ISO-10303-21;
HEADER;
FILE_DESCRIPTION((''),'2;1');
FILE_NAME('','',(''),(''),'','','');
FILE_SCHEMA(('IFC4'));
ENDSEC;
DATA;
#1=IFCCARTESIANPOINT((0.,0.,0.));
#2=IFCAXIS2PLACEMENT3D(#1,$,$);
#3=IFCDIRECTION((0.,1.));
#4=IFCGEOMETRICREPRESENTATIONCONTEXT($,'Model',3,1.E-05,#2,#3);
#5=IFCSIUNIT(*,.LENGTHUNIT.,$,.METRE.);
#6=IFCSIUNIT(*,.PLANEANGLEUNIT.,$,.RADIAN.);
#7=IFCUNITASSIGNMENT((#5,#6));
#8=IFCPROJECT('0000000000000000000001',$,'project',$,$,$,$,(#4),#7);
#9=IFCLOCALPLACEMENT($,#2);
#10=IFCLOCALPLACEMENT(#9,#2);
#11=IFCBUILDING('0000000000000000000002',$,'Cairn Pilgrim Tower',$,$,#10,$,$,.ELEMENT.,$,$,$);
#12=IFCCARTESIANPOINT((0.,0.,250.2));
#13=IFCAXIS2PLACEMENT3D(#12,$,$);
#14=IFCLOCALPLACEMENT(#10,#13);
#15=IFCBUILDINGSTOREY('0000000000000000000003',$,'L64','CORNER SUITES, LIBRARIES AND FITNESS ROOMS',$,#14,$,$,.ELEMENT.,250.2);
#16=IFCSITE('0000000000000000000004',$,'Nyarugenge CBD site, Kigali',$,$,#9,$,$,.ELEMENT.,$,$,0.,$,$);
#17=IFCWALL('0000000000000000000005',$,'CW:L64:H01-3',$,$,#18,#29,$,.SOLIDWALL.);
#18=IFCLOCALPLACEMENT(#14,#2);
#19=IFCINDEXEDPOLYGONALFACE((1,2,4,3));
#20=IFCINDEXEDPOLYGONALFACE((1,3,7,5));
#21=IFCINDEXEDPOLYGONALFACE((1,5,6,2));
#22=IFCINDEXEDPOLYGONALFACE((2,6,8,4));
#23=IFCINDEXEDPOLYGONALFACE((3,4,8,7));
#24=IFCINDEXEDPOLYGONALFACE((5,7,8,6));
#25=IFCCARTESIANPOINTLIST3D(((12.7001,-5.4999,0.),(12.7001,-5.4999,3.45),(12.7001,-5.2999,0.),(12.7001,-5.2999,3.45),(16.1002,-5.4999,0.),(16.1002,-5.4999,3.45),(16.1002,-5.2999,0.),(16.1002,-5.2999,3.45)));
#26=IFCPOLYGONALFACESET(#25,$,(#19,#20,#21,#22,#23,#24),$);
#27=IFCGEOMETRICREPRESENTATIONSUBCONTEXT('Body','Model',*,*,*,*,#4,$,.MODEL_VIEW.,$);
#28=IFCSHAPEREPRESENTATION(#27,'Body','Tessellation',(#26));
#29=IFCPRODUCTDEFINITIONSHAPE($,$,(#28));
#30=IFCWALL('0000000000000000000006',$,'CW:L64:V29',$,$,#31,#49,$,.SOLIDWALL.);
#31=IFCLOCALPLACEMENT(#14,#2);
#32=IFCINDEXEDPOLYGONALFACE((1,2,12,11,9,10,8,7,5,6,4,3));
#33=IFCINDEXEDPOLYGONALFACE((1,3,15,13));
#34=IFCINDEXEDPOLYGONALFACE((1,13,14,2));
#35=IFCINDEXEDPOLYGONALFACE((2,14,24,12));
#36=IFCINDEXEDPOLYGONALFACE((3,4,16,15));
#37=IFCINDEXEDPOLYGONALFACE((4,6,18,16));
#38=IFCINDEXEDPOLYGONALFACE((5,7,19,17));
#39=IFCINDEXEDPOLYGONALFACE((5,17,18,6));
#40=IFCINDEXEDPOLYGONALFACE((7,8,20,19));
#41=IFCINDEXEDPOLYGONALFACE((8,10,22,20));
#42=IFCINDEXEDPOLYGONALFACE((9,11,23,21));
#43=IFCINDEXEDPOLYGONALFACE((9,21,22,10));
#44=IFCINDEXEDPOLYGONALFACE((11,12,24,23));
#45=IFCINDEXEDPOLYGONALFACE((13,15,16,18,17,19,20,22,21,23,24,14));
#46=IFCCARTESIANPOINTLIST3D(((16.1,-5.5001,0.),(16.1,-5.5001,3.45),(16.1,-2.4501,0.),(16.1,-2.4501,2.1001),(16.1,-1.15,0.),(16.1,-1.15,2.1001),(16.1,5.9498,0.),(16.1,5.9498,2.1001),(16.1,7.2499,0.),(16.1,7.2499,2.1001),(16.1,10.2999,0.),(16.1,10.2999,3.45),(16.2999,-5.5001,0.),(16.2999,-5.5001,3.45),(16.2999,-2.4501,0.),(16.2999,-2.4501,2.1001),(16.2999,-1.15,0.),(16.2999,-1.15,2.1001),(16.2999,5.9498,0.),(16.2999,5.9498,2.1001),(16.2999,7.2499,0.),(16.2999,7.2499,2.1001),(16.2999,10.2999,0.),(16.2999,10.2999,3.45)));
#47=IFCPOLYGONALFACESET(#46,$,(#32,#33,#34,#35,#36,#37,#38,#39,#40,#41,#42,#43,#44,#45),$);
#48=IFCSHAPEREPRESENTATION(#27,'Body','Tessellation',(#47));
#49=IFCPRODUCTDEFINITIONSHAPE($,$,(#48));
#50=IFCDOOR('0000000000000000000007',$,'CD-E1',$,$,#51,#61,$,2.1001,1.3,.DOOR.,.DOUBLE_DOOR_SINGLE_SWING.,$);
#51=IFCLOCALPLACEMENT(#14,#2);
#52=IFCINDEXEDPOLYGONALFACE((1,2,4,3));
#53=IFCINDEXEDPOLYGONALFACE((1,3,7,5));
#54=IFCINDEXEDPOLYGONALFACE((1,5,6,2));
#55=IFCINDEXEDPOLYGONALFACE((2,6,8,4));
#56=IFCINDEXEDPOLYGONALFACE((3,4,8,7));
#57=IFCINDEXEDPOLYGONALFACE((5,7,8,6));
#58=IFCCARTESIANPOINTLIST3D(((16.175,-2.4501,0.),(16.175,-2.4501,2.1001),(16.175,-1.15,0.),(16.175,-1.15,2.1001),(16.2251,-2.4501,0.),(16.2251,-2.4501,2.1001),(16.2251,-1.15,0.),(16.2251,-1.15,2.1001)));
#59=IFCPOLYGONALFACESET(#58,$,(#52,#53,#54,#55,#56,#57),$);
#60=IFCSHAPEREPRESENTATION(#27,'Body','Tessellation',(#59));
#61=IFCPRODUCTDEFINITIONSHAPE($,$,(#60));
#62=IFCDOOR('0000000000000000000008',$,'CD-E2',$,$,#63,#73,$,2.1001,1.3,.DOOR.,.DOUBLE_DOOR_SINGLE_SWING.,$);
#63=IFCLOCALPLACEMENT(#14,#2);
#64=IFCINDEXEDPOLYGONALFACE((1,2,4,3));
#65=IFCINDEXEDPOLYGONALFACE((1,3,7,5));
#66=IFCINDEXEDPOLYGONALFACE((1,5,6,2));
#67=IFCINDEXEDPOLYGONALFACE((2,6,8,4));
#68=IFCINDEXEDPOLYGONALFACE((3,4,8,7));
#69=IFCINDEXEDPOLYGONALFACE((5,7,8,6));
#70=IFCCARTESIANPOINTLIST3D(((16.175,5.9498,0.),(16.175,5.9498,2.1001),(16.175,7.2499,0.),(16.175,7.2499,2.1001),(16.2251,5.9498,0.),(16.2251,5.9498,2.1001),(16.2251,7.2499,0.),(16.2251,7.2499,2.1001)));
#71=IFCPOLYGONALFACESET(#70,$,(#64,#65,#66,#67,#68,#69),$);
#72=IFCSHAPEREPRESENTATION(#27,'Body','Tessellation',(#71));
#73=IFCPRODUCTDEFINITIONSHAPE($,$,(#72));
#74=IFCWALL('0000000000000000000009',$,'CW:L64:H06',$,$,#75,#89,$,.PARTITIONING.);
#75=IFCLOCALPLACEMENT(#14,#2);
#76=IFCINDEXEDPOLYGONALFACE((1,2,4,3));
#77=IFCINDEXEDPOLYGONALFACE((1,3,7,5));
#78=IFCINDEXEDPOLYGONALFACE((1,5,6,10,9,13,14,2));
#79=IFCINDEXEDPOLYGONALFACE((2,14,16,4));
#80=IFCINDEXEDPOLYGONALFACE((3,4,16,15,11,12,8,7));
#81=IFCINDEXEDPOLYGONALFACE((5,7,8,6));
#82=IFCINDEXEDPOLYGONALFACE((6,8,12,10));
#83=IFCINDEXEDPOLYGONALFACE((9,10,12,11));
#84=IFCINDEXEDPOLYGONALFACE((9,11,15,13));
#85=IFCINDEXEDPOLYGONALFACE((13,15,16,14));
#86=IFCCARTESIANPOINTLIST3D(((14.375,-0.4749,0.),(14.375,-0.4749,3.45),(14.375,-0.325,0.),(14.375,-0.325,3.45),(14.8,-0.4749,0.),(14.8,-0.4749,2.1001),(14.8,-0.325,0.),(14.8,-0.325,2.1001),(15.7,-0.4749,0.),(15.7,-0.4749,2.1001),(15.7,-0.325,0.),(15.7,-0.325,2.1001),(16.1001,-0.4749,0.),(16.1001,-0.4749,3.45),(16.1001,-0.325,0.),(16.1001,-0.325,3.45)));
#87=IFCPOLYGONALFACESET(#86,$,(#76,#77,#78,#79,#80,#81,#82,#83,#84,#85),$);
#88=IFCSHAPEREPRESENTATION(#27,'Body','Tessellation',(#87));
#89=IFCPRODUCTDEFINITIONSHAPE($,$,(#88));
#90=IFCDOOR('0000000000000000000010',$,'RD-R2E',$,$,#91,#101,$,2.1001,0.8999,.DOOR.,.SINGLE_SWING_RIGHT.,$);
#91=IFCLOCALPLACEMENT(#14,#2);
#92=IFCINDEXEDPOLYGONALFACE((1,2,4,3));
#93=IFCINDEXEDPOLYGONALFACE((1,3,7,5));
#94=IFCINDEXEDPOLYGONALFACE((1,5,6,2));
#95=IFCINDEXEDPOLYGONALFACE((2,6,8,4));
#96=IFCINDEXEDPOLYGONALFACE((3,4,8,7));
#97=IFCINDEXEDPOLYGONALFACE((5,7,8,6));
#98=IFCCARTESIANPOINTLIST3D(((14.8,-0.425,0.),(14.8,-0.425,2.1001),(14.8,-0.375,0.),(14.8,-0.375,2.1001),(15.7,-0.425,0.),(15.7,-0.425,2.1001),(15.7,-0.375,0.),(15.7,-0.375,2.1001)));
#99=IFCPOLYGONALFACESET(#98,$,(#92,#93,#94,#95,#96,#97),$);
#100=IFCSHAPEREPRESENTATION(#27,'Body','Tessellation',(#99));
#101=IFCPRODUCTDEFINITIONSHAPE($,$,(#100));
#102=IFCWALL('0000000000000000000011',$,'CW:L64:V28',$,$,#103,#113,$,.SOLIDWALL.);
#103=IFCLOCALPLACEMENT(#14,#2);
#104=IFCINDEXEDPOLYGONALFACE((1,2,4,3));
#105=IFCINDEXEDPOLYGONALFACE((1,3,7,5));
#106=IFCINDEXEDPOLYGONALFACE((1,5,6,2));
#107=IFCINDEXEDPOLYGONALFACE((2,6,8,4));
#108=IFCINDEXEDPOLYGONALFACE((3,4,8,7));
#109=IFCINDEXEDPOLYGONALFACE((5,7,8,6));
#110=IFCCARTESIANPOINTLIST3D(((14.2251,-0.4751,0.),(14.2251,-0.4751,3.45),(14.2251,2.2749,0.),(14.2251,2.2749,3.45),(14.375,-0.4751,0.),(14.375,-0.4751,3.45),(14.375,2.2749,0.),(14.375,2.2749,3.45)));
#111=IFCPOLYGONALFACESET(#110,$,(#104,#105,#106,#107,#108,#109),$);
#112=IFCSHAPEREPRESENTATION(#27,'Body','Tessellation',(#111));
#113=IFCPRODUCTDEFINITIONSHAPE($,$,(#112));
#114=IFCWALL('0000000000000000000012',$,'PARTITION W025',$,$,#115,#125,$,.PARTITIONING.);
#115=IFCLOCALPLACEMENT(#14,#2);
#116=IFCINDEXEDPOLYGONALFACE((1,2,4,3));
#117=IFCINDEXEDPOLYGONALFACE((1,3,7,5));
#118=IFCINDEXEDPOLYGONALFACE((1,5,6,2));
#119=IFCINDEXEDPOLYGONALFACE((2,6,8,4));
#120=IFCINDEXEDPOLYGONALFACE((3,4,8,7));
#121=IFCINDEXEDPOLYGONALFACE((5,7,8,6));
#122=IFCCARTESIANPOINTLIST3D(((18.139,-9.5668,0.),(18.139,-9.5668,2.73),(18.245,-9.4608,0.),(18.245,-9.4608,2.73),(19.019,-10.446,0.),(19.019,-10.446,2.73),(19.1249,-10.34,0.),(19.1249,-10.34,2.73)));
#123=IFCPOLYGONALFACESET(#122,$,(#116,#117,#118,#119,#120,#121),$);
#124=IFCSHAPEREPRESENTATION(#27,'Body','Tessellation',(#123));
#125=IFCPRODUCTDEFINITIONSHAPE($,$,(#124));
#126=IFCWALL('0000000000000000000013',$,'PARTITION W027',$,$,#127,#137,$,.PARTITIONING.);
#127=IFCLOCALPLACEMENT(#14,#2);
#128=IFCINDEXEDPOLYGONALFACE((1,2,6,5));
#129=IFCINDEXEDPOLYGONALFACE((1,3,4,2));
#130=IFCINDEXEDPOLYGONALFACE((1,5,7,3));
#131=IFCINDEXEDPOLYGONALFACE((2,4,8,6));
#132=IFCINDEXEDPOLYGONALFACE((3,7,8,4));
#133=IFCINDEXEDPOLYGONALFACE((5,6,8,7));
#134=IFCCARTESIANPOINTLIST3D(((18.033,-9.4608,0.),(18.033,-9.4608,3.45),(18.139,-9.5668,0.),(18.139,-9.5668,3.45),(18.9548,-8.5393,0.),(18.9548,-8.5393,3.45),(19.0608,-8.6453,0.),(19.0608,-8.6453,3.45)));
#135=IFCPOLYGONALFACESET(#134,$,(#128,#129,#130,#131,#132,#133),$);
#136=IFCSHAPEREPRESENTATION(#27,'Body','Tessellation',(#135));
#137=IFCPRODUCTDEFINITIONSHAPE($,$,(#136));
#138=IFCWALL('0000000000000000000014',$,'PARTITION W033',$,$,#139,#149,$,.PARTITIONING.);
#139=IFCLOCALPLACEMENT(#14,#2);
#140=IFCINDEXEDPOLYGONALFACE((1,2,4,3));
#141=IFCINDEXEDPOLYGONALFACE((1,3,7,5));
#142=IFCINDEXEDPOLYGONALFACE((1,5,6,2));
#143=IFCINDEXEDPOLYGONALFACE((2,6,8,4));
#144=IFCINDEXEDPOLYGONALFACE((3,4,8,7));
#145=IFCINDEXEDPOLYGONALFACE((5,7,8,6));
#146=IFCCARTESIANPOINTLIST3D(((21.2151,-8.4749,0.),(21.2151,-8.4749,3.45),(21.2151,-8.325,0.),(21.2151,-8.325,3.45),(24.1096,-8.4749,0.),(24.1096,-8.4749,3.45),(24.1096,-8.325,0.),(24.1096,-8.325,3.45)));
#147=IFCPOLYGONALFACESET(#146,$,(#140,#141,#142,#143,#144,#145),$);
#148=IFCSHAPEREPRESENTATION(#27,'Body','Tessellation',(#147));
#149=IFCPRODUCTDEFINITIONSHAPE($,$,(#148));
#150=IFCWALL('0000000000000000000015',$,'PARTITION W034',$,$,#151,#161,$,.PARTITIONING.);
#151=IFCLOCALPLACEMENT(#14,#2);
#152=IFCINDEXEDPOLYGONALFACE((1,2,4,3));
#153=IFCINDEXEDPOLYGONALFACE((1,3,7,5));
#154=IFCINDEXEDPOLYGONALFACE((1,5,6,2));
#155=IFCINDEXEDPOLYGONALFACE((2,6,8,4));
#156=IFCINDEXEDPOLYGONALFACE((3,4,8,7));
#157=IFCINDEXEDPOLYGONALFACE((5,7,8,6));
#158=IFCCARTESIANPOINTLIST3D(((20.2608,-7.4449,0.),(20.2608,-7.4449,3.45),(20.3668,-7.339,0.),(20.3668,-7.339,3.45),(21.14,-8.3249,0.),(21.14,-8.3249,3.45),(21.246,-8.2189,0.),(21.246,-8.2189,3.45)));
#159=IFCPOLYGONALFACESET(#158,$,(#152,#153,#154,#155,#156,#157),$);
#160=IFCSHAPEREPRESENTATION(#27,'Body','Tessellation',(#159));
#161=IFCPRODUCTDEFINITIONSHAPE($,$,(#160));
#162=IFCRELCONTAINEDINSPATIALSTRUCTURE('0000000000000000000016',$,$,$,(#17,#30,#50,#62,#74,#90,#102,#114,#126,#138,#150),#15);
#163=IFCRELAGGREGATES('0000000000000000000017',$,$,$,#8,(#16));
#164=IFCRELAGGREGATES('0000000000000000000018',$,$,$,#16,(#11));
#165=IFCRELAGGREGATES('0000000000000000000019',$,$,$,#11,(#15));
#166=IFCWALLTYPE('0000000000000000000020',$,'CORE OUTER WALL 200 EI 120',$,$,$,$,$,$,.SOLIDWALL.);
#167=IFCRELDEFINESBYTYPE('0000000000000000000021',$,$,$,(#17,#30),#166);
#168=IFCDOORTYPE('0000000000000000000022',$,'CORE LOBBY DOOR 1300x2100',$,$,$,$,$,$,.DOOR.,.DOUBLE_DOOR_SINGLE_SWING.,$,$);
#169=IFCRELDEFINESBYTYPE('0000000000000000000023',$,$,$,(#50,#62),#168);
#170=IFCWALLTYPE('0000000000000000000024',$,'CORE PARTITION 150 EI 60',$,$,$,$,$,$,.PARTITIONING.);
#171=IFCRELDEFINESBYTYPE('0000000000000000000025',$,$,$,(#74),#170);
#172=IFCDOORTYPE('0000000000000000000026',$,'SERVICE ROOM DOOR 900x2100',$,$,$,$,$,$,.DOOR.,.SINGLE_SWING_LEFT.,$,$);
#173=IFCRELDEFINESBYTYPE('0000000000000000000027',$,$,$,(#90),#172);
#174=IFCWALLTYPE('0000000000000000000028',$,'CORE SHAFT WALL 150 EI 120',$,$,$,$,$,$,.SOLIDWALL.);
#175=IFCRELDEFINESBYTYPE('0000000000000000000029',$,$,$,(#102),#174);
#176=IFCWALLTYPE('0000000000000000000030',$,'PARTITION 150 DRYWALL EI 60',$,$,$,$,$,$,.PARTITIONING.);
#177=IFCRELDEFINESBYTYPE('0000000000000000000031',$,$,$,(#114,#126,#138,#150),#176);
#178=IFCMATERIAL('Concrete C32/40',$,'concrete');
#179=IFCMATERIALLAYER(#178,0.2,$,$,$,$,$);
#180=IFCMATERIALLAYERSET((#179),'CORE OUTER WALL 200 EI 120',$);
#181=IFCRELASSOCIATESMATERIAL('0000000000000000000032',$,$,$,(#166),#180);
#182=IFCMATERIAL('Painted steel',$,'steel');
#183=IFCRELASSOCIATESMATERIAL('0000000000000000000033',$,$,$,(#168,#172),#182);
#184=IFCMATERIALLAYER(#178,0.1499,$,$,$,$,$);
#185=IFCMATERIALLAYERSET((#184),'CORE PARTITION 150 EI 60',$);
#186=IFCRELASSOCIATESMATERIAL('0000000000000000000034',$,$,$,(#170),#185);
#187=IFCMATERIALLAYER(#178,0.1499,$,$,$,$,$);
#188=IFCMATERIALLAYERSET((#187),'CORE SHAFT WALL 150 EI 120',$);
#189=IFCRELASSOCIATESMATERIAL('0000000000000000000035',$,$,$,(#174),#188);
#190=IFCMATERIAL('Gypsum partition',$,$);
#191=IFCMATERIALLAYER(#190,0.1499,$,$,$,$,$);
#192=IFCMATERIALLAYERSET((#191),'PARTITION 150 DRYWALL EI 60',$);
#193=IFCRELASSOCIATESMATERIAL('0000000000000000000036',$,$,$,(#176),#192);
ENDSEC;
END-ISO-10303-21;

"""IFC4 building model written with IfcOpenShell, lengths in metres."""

from ifc_helpers import new_model, si_unit, direction, frame, frame_2d, origin, place, context, subcontext, project, spatial, rectangle, extrude, material, layer, layer_set, type_object, element, fill, save


model = new_model("IFC4")

# Units and contexts
model_context = context("Model", 3, precision=1e-05, world=origin(), true_north=direction((0.0, 1.0)))
body_context = subcontext(model_context, "Body", "Model", "MODEL_VIEW")
ifc_project = project(units=[si_unit("LENGTHUNIT", "METRE"), si_unit("PLANEANGLEUNIT", "RADIAN")], contexts=[model_context])

# Site, building, storey
site_placement = place(None, origin())
site = spatial("IfcSite", under=ifc_project, at=site_placement, Name="Nyarugenge CBD site, Kigali", CompositionType="ELEMENT", RefElevation=0.0)
building_placement = place(site_placement, origin())
building = spatial("IfcBuilding", under=site, at=building_placement, Name="Cairn Pilgrim Tower", CompositionType="ELEMENT")
storey_placement = place(building_placement, frame((0.0, 0.0, 250.2)))
storey = spatial("IfcBuildingStorey", under=building, at=storey_placement, Name="L64", Description="CORNER SUITES, LIBRARIES AND FITNESS ROOMS", CompositionType="ELEMENT", Elevation=250.2)

# Wall
ifc_material_1 = material(Name="Concrete C32/40", Category="concrete")
ifc_layer_1 = layer(ifc_material_1, 0.2)
ifc_layer_set_1 = layer_set([ifc_layer_1], Name="CORE OUTER WALL 200 EI 120")
wall_type_1 = type_object("IfcWallType", Name="CORE OUTER WALL 200 EI 120", PredefinedType="SOLIDWALL", material=ifc_layer_set_1)
wall_1_placement = place(storey_placement, frame((12.7, -5.3999, 0.0), z_axis=(0.0, 0.0, 1.0), x_axis=(1.0, 0.0, 0.0)))
element("IfcWall", 1, at=wall_1_placement, inside=storey, type_object=wall_type_1, Name="CW:L64:H01-3", PredefinedType="SOLIDWALL", context=body_context, shape_type="SweptSolid", body=[
    extrude(rectangle(XDim=3.4001, YDim=0.2, at=frame_2d((1.7002, 0.0))), origin(), (0.0, 0.0, 1.0), 3.45),
])

# Wall, openings, doors
wall_2_placement = place(storey_placement, frame((16.2, -5.5, 0.0), z_axis=(0.0, 0.0, 1.0), x_axis=(0.0, 1.0, 0.0)))
wall_2 = element("IfcWall", 2, at=wall_2_placement, inside=storey, type_object=wall_type_1, Name="CW:L64:V29", PredefinedType="SOLIDWALL", context=body_context, shape_type="SweptSolid", body=[
    extrude(rectangle(XDim=15.8, YDim=0.2, at=frame_2d((7.8999, 0.0))), origin(), (0.0, 0.0, 1.0), 3.45),
])
opening_1_placement = place(wall_2_placement, frame((3.05, 0.0, 0.0)))
opening_1 = element("IfcOpeningElement", 3, at=opening_1_placement, cuts=wall_2, PredefinedType="OPENING", context=body_context, shape_type="SweptSolid", body=[
    extrude(rectangle(XDim=1.3, YDim=2.1001, at=frame_2d((0.6499, 1.05))), frame((0.0, 0.1099, 0.0), z_axis=(0.0, -1.0, 0.0), x_axis=(1.0, 0.0, 0.0)), (0.0, 0.0, 1.0), 0.22),
])
opening_2_placement = place(wall_2_placement, frame((11.45, 0.0, 0.0)))
opening_2 = element("IfcOpeningElement", 4, at=opening_2_placement, cuts=wall_2, PredefinedType="OPENING", context=body_context, shape_type="SweptSolid", body=[
    extrude(rectangle(XDim=1.3, YDim=2.1001, at=frame_2d((0.6499, 1.05))), frame((0.0, 0.1099, 0.0), z_axis=(0.0, -1.0, 0.0), x_axis=(1.0, 0.0, 0.0)), (0.0, 0.0, 1.0), 0.22),
])
ifc_material_2 = material(Name="Painted steel", Category="steel")
door_type_1 = type_object("IfcDoorType", Name="CORE LOBBY DOOR 1300x2100", OperationType="DOUBLE_DOOR_SINGLE_SWING", PredefinedType="DOOR", material=ifc_material_2)
door_1_placement = place(opening_1_placement, origin())
door_1 = element("IfcDoor", 5, at=door_1_placement, inside=storey, type_object=door_type_1, Name="CD-E1", OperationType="DOUBLE_DOOR_SINGLE_SWING", OverallHeight=2.1001, OverallWidth=1.3, PredefinedType="DOOR", context=body_context, shape_type="SweptSolid", body=[
    extrude(rectangle(XDim=1.3, YDim=2.1001, at=frame_2d((0.6499, 1.05))), frame((0.0, 0.0249, 0.0), z_axis=(0.0, -1.0, 0.0), x_axis=(1.0, 0.0, 0.0)), (0.0, 0.0, 1.0), 0.05),
])
fill(opening_1, door_1)
door_2_placement = place(opening_2_placement, origin())
door_2 = element("IfcDoor", 6, at=door_2_placement, inside=storey, type_object=door_type_1, Name="CD-E2", OperationType="DOUBLE_DOOR_SINGLE_SWING", OverallHeight=2.1001, OverallWidth=1.3, PredefinedType="DOOR", context=body_context, shape_type="SweptSolid", body=[
    extrude(rectangle(XDim=1.3, YDim=2.1001, at=frame_2d((0.6499, 1.05))), frame((0.0, 0.0249, 0.0), z_axis=(0.0, -1.0, 0.0), x_axis=(1.0, 0.0, 0.0)), (0.0, 0.0, 1.0), 0.05),
])
fill(opening_2, door_2)

# Wall, opening, door
ifc_layer_2 = layer(ifc_material_1, 0.1499)
ifc_layer_set_2 = layer_set([ifc_layer_2], Name="CORE PARTITION 150 EI 60")
wall_type_2 = type_object("IfcWallType", Name="CORE PARTITION 150 EI 60", PredefinedType="PARTITIONING", material=ifc_layer_set_2)
wall_3_placement = place(storey_placement, frame((14.375, -0.3999, 0.0), z_axis=(0.0, 0.0, 1.0), x_axis=(1.0, 0.0, 0.0)))
wall_3 = element("IfcWall", 7, at=wall_3_placement, inside=storey, type_object=wall_type_2, Name="CW:L64:H06", PredefinedType="PARTITIONING", context=body_context, shape_type="SweptSolid", body=[
    extrude(rectangle(XDim=1.7251, YDim=0.1499, at=frame_2d((0.8625, 0.0))), origin(), (0.0, 0.0, 1.0), 3.45),
])
opening_3_placement = place(wall_3_placement, frame((0.425, 0.0, 0.0)))
opening_3 = element("IfcOpeningElement", 8, at=opening_3_placement, cuts=wall_3, PredefinedType="OPENING", context=body_context, shape_type="SweptSolid", body=[
    extrude(rectangle(XDim=0.8999, YDim=2.1001, at=frame_2d((0.45, 1.05))), frame((0.0, 0.085, 0.0), z_axis=(0.0, -1.0, 0.0), x_axis=(1.0, 0.0, 0.0)), (0.0, 0.0, 1.0), 0.1699),
])
door_type_2 = type_object("IfcDoorType", Name="SERVICE ROOM DOOR 900x2100", OperationType="SINGLE_SWING_LEFT", PredefinedType="DOOR", material=ifc_material_2)
door_3_placement = place(opening_3_placement, origin())
door_3 = element("IfcDoor", 9, at=door_3_placement, inside=storey, type_object=door_type_2, Name="RD-R2E", OperationType="SINGLE_SWING_RIGHT", OverallHeight=2.1001, OverallWidth=0.8999, PredefinedType="DOOR", context=body_context, shape_type="SweptSolid", body=[
    extrude(rectangle(XDim=0.8999, YDim=2.1001, at=frame_2d((0.45, 1.05))), frame((0.0, 0.0249, 0.0), z_axis=(0.0, -1.0, 0.0), x_axis=(1.0, 0.0, 0.0)), (0.0, 0.0, 1.0), 0.05),
])
fill(opening_3, door_3)

# Walls
ifc_layer_3 = layer(ifc_material_1, 0.1499)
ifc_layer_set_3 = layer_set([ifc_layer_3], Name="CORE SHAFT WALL 150 EI 120")
wall_type_3 = type_object("IfcWallType", Name="CORE SHAFT WALL 150 EI 120", PredefinedType="SOLIDWALL", material=ifc_layer_set_3)
wall_4_placement = place(storey_placement, frame((14.3, -0.4751, 0.0), z_axis=(0.0, 0.0, 1.0), x_axis=(0.0, 1.0, 0.0)))
element("IfcWall", 10, at=wall_4_placement, inside=storey, type_object=wall_type_3, Name="CW:L64:V28", PredefinedType="SOLIDWALL", context=body_context, shape_type="SweptSolid", body=[
    extrude(rectangle(XDim=2.75, YDim=0.1499, at=frame_2d((1.375, 0.0))), origin(), (0.0, 0.0, 1.0), 3.45),
])
ifc_material_3 = material(Name="Gypsum partition")
ifc_layer_4 = layer(ifc_material_3, 0.1499)
ifc_layer_set_4 = layer_set([ifc_layer_4], Name="PARTITION 150 DRYWALL EI 60")
wall_type_4 = type_object("IfcWallType", Name="PARTITION 150 DRYWALL EI 60", PredefinedType="PARTITIONING", material=ifc_layer_set_4)
wall_5_placement = place(storey_placement, frame((19.072, -10.3931, 0.0), z_axis=(0.0, 0.0, 1.0), x_axis=(-0.707401, 0.706812, 0.0)))
element("IfcWall", 11, at=wall_5_placement, inside=storey, type_object=wall_type_4, Name="PARTITION W025", PredefinedType="PARTITIONING", context=body_context, shape_type="SweptSolid", body=[
    extrude(rectangle(XDim=1.2439, YDim=0.1499, at=frame_2d((0.6221, 0.0))), origin(), (0.0, 0.0, 1.0), 2.73),
])
wall_6_placement = place(storey_placement, frame((18.0859, -9.5139, 0.0), z_axis=(0.0, 0.0, 1.0), x_axis=(0.7072, 0.707013, 0.0)))
element("IfcWall", 12, at=wall_6_placement, inside=storey, type_object=wall_type_4, Name="PARTITION W027", PredefinedType="PARTITIONING", context=body_context, shape_type="SweptSolid", body=[
    extrude(rectangle(XDim=1.3035, YDim=0.1499, at=frame_2d((0.6519, 0.0))), origin(), (0.0, 0.0, 1.0), 3.45),
])
wall_7_placement = place(storey_placement, frame((21.2151, -8.3999, 0.0), z_axis=(0.0, 0.0, 1.0), x_axis=(1.0, 0.0, 0.0)))
element("IfcWall", 13, at=wall_7_placement, inside=storey, type_object=wall_type_4, Name="PARTITION W033", PredefinedType="PARTITIONING", context=body_context, shape_type="SweptSolid", body=[
    extrude(rectangle(XDim=2.8945, YDim=0.1499, at=frame_2d((1.4473, 0.0))), origin(), (0.0, 0.0, 1.0), 3.45),
])
wall_8_placement = place(storey_placement, frame((21.1931, -8.272, 0.0), z_axis=(0.0, 0.0, 1.0), x_axis=(-0.706812, 0.707401, 0.0)))
element("IfcWall", 14, at=wall_8_placement, inside=storey, type_object=wall_type_4, Name="PARTITION W034", PredefinedType="PARTITIONING", context=body_context, shape_type="SweptSolid", body=[
    extrude(rectangle(XDim=1.2439, YDim=0.1499, at=frame_2d((0.6221, 0.0))), origin(), (0.0, 0.0, 1.0), 3.45),
])

save(model, "model.ifc")
